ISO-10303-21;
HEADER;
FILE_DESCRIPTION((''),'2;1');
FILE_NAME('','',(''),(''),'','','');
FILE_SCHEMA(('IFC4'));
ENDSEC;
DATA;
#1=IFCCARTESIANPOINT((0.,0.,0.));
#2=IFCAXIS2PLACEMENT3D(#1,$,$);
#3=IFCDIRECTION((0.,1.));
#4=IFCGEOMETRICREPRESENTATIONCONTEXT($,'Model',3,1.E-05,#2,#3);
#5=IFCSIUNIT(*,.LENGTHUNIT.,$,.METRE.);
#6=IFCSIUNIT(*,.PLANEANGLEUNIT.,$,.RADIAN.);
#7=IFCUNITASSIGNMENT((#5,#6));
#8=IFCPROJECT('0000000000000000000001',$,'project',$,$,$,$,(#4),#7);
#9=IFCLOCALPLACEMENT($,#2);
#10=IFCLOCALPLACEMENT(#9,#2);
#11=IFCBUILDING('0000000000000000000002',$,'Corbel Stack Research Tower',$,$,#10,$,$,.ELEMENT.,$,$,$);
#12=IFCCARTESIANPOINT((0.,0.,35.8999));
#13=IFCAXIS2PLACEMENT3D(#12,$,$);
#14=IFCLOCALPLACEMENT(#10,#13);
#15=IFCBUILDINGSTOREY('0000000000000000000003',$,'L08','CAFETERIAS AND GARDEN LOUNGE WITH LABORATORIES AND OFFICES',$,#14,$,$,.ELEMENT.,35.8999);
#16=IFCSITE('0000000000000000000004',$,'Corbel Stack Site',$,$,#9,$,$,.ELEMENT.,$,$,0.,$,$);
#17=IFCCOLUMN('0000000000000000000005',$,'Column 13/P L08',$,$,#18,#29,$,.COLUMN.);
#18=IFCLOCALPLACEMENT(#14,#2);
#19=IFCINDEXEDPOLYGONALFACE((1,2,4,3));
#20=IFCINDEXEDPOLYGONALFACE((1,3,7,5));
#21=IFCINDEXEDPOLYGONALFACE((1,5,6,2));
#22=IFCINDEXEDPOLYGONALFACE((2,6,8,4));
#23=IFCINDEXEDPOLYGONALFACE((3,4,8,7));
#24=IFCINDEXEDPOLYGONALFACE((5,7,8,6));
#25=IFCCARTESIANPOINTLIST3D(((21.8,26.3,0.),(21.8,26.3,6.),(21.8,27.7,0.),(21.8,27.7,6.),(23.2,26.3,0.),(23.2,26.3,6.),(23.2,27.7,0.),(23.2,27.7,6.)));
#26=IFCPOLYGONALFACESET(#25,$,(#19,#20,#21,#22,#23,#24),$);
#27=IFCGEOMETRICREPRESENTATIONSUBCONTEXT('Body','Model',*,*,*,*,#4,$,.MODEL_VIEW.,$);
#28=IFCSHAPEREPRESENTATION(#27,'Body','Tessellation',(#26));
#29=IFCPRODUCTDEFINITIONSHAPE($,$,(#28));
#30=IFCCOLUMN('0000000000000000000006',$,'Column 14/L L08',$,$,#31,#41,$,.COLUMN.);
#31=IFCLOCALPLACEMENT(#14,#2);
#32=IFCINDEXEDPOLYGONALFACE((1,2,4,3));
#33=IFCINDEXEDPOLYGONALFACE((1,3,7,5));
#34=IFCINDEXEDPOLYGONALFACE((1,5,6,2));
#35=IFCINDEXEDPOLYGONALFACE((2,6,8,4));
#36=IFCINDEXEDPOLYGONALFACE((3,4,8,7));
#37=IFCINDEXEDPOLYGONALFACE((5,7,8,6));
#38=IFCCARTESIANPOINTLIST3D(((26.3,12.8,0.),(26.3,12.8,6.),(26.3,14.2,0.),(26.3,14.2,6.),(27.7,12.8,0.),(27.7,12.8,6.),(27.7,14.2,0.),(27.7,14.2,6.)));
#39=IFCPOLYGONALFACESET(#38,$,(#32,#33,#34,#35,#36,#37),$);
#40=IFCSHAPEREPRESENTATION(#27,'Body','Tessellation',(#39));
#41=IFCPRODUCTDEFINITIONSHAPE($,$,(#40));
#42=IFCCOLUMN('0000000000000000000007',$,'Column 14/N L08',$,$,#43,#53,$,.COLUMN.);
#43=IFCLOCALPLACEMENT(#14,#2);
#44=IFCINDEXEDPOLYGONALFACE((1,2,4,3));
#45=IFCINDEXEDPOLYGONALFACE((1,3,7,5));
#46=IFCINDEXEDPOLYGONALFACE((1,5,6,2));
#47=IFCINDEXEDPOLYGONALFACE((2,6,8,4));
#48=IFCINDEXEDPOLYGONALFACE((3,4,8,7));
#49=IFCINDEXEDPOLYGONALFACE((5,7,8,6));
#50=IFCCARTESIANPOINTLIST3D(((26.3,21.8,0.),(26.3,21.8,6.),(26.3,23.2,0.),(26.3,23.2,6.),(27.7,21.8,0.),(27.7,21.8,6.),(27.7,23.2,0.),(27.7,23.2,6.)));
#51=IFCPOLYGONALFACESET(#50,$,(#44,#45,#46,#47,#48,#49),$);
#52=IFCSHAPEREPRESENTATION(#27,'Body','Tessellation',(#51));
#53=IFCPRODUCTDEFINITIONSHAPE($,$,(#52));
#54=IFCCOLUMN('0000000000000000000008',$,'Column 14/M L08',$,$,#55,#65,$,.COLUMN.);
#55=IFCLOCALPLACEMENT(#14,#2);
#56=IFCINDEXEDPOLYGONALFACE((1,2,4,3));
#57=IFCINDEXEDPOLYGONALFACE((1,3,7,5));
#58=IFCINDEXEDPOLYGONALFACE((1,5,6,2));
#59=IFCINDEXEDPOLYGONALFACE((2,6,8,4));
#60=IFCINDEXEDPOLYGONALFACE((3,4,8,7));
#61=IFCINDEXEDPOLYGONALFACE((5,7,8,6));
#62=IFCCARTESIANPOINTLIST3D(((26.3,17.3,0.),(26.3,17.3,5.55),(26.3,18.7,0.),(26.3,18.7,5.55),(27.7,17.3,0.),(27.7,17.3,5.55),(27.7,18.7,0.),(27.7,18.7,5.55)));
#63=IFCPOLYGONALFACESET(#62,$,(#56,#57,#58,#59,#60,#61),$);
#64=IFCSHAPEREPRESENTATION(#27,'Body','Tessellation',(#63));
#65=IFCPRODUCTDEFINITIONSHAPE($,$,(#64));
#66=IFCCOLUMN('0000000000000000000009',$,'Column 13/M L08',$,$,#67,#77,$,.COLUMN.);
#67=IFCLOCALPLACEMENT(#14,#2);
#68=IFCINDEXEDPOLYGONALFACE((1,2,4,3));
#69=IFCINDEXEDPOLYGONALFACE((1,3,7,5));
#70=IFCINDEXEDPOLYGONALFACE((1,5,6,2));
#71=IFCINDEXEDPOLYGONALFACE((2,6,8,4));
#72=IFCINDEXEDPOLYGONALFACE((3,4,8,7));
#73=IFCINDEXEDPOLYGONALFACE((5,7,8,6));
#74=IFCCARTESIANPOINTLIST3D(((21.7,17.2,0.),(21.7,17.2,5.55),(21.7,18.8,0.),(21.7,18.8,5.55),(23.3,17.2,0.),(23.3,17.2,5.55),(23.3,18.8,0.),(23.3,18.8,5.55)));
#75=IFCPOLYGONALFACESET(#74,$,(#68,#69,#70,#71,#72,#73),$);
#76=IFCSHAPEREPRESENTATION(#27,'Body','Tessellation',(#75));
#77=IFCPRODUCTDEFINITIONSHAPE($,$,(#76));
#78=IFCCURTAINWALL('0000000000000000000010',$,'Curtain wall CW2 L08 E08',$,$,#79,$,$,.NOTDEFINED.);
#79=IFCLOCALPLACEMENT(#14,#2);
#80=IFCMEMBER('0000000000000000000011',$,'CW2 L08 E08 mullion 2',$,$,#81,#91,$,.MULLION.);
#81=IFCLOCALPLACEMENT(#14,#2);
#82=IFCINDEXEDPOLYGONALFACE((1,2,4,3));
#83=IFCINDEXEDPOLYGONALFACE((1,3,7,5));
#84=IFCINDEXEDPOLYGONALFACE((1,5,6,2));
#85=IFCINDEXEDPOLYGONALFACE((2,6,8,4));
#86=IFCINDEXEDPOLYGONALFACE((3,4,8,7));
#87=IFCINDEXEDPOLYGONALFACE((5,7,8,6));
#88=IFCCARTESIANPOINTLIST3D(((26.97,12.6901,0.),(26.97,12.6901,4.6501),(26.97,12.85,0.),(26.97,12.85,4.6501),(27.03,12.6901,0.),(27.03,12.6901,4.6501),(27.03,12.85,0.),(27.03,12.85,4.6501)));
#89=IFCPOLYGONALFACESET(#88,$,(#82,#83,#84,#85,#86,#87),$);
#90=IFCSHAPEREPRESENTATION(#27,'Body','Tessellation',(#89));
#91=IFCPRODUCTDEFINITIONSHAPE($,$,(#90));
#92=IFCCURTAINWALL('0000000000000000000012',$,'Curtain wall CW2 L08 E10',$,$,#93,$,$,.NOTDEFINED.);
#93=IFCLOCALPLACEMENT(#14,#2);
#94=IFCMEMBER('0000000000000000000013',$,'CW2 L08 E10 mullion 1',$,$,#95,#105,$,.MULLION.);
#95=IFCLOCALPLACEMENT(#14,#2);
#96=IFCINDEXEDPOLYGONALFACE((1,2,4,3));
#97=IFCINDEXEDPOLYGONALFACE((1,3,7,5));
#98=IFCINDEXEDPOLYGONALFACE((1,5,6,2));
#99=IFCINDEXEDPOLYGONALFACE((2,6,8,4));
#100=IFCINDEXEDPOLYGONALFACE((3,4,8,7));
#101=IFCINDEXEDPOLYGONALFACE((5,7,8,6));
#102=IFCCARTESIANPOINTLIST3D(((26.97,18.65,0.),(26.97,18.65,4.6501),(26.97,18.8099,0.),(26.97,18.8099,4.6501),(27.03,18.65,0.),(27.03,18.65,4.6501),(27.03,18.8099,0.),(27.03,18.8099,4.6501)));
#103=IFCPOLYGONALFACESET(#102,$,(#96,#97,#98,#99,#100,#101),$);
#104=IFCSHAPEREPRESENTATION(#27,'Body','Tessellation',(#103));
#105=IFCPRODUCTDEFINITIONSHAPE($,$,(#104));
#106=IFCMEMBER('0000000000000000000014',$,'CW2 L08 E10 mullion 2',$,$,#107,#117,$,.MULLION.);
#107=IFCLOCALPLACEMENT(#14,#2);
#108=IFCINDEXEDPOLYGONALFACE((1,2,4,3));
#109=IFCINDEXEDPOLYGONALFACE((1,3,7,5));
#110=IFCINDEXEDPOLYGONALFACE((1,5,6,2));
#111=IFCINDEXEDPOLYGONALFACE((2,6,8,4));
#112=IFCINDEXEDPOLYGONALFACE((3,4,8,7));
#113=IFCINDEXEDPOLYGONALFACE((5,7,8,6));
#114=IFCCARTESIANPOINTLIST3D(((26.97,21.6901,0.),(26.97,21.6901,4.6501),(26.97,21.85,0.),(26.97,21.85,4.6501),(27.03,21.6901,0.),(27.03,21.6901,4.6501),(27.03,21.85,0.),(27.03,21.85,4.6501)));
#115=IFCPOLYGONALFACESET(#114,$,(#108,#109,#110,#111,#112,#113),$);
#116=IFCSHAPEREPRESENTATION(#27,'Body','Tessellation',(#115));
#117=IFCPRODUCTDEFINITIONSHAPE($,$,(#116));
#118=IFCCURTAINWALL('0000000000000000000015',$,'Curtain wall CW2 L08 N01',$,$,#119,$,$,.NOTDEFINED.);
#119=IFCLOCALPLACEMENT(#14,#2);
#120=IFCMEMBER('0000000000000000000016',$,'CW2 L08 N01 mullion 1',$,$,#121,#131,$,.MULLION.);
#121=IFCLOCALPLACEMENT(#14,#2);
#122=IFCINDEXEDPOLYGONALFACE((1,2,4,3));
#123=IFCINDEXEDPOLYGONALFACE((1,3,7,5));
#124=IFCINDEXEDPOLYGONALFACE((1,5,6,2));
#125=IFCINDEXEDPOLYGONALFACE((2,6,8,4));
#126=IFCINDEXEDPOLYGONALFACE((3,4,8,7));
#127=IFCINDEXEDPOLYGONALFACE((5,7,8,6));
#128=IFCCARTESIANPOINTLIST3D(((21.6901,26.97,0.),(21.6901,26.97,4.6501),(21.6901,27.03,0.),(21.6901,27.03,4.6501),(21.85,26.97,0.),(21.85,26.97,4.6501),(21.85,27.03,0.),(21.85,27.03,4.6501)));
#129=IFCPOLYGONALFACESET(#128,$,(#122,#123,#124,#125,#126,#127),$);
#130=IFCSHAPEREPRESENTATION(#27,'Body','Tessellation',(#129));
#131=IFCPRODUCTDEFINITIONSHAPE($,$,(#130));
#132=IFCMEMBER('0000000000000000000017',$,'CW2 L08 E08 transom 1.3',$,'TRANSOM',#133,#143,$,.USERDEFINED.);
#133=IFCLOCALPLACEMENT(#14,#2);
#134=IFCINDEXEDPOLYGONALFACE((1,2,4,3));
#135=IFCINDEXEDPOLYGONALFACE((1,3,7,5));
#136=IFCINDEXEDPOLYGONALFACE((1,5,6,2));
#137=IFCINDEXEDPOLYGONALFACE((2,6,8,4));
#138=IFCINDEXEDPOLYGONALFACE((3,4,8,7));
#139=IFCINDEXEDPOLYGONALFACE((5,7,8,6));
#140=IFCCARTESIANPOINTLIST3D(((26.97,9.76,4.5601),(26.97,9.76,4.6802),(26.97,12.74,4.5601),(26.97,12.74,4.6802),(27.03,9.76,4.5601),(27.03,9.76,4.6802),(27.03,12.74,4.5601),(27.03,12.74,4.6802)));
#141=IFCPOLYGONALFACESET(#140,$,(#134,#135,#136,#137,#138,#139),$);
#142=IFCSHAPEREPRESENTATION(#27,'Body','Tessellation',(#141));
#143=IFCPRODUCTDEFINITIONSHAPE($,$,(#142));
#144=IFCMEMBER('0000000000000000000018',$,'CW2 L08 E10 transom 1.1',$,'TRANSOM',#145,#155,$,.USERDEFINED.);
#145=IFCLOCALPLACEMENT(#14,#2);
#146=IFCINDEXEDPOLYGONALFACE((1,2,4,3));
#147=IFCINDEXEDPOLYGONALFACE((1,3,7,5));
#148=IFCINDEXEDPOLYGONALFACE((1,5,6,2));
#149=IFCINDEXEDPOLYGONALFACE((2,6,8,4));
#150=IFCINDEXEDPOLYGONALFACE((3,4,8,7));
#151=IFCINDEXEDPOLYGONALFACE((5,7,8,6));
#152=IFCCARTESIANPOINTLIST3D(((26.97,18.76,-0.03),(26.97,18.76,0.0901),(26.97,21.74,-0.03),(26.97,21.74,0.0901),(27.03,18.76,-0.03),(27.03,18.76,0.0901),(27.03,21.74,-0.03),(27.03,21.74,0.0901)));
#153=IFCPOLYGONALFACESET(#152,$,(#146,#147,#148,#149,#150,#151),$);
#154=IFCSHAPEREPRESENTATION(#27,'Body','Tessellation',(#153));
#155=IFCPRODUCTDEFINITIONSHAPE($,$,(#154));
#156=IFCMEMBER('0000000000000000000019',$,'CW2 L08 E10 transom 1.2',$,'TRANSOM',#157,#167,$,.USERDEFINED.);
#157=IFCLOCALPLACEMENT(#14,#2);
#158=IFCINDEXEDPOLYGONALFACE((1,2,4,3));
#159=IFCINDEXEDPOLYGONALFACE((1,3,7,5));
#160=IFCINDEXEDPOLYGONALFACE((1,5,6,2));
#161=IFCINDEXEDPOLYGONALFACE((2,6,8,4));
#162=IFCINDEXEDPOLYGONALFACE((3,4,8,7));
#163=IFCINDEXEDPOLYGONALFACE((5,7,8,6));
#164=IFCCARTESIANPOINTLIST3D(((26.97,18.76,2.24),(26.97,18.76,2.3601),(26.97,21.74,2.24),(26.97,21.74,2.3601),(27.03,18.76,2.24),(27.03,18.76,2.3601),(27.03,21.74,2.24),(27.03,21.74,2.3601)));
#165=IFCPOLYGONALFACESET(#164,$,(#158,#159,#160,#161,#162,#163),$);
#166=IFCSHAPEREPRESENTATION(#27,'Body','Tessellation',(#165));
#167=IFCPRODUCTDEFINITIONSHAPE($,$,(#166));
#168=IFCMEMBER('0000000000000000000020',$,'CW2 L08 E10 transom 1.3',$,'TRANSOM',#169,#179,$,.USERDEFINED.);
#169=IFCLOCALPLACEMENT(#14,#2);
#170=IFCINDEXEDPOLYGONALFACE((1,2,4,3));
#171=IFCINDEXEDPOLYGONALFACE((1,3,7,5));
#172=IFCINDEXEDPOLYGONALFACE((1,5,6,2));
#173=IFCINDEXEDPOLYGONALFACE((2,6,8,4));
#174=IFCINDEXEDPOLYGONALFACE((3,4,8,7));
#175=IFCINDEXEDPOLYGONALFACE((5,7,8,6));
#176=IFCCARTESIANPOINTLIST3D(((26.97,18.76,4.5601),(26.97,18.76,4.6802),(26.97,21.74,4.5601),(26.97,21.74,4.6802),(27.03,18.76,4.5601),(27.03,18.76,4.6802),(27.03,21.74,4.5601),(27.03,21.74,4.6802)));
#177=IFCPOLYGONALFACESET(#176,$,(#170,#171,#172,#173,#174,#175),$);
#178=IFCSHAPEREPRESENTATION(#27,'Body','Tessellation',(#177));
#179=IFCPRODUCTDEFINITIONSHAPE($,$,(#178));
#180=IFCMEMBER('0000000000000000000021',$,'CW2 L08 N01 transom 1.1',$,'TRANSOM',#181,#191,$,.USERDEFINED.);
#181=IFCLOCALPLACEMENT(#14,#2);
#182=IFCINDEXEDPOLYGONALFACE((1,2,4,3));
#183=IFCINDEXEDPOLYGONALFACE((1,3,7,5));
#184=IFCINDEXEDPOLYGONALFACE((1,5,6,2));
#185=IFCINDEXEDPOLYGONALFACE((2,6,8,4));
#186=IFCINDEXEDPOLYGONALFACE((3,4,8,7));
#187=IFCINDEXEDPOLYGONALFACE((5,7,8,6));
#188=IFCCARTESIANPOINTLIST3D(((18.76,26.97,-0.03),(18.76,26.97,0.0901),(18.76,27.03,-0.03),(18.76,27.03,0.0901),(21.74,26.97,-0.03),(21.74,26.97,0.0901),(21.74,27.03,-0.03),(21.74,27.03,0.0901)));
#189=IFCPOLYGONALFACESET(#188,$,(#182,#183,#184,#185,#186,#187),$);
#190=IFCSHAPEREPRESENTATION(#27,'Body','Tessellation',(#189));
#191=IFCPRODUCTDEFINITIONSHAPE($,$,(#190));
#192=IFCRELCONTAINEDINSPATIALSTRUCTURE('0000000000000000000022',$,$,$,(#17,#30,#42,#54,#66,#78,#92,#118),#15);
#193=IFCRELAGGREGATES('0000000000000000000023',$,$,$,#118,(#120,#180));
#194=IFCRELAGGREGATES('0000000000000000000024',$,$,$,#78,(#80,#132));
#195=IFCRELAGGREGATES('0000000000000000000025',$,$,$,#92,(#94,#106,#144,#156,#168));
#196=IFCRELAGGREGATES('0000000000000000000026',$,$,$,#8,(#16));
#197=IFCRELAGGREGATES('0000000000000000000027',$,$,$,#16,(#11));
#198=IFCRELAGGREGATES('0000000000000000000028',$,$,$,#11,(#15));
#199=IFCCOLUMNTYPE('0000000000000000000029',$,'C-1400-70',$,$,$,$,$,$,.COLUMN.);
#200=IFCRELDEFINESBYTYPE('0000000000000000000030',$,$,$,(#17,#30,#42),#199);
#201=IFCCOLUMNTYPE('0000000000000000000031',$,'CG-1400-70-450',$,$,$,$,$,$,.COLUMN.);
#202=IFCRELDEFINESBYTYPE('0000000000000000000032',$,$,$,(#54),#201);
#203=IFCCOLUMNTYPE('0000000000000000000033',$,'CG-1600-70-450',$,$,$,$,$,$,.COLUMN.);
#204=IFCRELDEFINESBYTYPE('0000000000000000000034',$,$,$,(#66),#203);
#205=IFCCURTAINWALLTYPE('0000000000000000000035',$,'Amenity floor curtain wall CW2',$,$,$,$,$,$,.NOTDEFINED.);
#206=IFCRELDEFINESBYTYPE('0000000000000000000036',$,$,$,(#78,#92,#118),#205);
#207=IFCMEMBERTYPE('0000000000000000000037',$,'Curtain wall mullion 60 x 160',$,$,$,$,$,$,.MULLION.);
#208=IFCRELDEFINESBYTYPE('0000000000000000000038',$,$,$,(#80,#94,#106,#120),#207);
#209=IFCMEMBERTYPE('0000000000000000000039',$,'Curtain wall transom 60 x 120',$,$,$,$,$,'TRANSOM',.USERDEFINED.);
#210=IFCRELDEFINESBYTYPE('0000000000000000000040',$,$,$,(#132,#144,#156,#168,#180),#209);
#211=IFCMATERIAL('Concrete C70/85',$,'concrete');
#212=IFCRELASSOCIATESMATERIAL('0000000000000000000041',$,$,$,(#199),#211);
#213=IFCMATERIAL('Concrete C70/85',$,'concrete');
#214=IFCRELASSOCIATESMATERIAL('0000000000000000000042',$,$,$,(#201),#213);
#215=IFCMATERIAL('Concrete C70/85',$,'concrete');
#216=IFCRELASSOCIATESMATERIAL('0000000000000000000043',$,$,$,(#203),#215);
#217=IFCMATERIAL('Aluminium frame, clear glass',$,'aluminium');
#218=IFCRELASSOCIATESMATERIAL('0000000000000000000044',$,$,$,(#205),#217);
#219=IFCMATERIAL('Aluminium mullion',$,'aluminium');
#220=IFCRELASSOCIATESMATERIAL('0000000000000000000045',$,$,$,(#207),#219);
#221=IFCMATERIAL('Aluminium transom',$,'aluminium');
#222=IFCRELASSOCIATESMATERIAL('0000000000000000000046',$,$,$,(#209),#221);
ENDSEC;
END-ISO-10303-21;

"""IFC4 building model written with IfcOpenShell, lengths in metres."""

from ifc_helpers import new_model, si_unit, direction, frame, origin, origin_2d, place, context, subcontext, project, spatial, rectangle, extrude, material, material_profile, profile_set, type_object, element, aggregate, save


model = new_model("IFC4")

# Units and contexts
model_context = context("Model", 3, precision=1e-05, world=origin(), true_north=direction((0.0, 1.0)))
body_context = subcontext(model_context, "Body", "Model", "MODEL_VIEW")
ifc_project = project(units=[si_unit("LENGTHUNIT", "METRE"), si_unit("PLANEANGLEUNIT", "RADIAN")], contexts=[model_context])

# Site, building, storey
site_placement = place(None, origin())
site = spatial("IfcSite", under=ifc_project, at=site_placement, Name="Corbel Stack Site", CompositionType="ELEMENT", RefElevation=0.0)
building_placement = place(site_placement, origin())
building = spatial("IfcBuilding", under=site, at=building_placement, Name="Corbel Stack Research Tower", CompositionType="ELEMENT")
storey_placement = place(building_placement, frame((0.0, 0.0, 35.8999)))
storey = spatial("IfcBuildingStorey", under=building, at=storey_placement, Name="L08", Description="CAFETERIAS AND GARDEN LOUNGE WITH LABORATORIES AND OFFICES", CompositionType="ELEMENT", Elevation=35.8999)

# Columns
ifc_material_1 = material(Name="Concrete C70/85", Category="concrete")
ifc_material_profile_1 = material_profile(ifc_material_1, rectangle(XDim=1.3999, YDim=1.3999, at=origin_2d()), Name="RC 1400 x 1400")
ifc_profile_set_1 = profile_set([ifc_material_profile_1], Name="Concrete C70/85")
column_type_1 = type_object("IfcColumnType", Name="C-1400-70", PredefinedType="COLUMN", material=ifc_profile_set_1)
for number, where, z_axis, x_axis, name in (
    (1, (22.5, 27.0, 0.0), (0.0, 0.0, 1.0), (1.0, 0.0, 0.0), "Column 13/P L08"),
    (2, (27.0, 13.5, 0.0), (0.0, 0.0, 1.0), (1.0, 0.0, 0.0), "Column 14/L L08"),
    (3, (27.0, 22.5, 0.0), (0.0, 0.0, 1.0), (1.0, 0.0, 0.0), "Column 14/N L08"),
):
    element("IfcColumn", number, at=place(storey_placement, frame(where, z_axis=z_axis, x_axis=x_axis)), inside=storey, type_object=column_type_1, Name=name, PredefinedType="COLUMN", context=body_context, shape_type="SweptSolid", body=[
        extrude(rectangle(XDim=1.3999, YDim=1.3999, at=origin_2d()), origin(), (0.0, 0.0, 1.0), 6.0),
    ])
ifc_material_2 = material(Name="Concrete C70/85", Category="concrete")
ifc_material_profile_2 = material_profile(ifc_material_2, rectangle(XDim=1.3999, YDim=1.3999, at=origin_2d()), Name="RC 1400 x 1400")
ifc_profile_set_2 = profile_set([ifc_material_profile_2], Name="Concrete C70/85")
column_type_2 = type_object("IfcColumnType", Name="CG-1400-70-450", PredefinedType="COLUMN", material=ifc_profile_set_2)
column_1_placement = place(storey_placement, frame((27.0, 18.0, 0.0), z_axis=(0.0, 0.0, 1.0), x_axis=(1.0, 0.0, 0.0)))
element("IfcColumn", 4, at=column_1_placement, inside=storey, type_object=column_type_2, Name="Column 14/M L08", PredefinedType="COLUMN", context=body_context, shape_type="SweptSolid", body=[
    extrude(rectangle(XDim=1.3999, YDim=1.3999, at=origin_2d()), origin(), (0.0, 0.0, 1.0), 5.55),
])
ifc_material_3 = material(Name="Concrete C70/85", Category="concrete")
ifc_material_profile_3 = material_profile(ifc_material_3, rectangle(XDim=1.6001, YDim=1.6001, at=origin_2d()), Name="RC 1600 x 1600")
ifc_profile_set_3 = profile_set([ifc_material_profile_3], Name="Concrete C70/85")
column_type_3 = type_object("IfcColumnType", Name="CG-1600-70-450", PredefinedType="COLUMN", material=ifc_profile_set_3)
column_2_placement = place(storey_placement, frame((22.5, 18.0, 0.0), z_axis=(0.0, 0.0, 1.0), x_axis=(1.0, 0.0, 0.0)))
element("IfcColumn", 5, at=column_2_placement, inside=storey, type_object=column_type_3, Name="Column 13/M L08", PredefinedType="COLUMN", context=body_context, shape_type="SweptSolid", body=[
    extrude(rectangle(XDim=1.6001, YDim=1.6001, at=origin_2d()), origin(), (0.0, 0.0, 1.0), 5.55),
])

# Curtain wall, member
ifc_material_4 = material(Name="Aluminium frame, clear glass", Category="aluminium")
curtain_wall_type = type_object("IfcCurtainWallType", Name="Amenity floor curtain wall CW2", PredefinedType="NOTDEFINED", material=ifc_material_4)
curtain_wall_1_placement = place(storey_placement, origin())
curtain_wall_1 = element("IfcCurtainWall", 6, at=curtain_wall_1_placement, inside=storey, type_object=curtain_wall_type, Name="Curtain wall CW2 L08 E08", PredefinedType="NOTDEFINED")
ifc_material_5 = material(Name="Aluminium mullion", Category="aluminium")
ifc_material_profile_4 = material_profile(ifc_material_5, rectangle(XDim=0.0601, YDim=0.1599, at=origin_2d()), Name="Mullion 60 x 160")
ifc_profile_set_4 = profile_set([ifc_material_profile_4], Name="Aluminium mullion")
member_type_1 = type_object("IfcMemberType", Name="Curtain wall mullion 60 x 160", PredefinedType="MULLION", material=ifc_profile_set_4)
member_1_placement = place(storey_placement, frame((27.0, 12.77, 0.0), z_axis=(0.0, 0.0, 1.0), x_axis=(-1.0, 0.0, 0.0)))
member_1 = element("IfcMember", 7, at=member_1_placement, type_object=member_type_1, Name="CW2 L08 E08 mullion 2", PredefinedType="MULLION", context=body_context, shape_type="SweptSolid", body=[
    extrude(rectangle(XDim=0.0601, YDim=0.1599, at=origin_2d()), origin(), (0.0, 0.0, 1.0), 4.6501),
])

# Curtain wall, members
curtain_wall_2_placement = place(storey_placement, origin())
curtain_wall_2 = element("IfcCurtainWall", 8, at=curtain_wall_2_placement, inside=storey, type_object=curtain_wall_type, Name="Curtain wall CW2 L08 E10", PredefinedType="NOTDEFINED")
member_2_placement = place(storey_placement, frame((27.0, 18.73, 0.0), z_axis=(0.0, 0.0, 1.0), x_axis=(-1.0, 0.0, 0.0)))
member_2 = element("IfcMember", 9, at=member_2_placement, type_object=member_type_1, Name="CW2 L08 E10 mullion 1", PredefinedType="MULLION", context=body_context, shape_type="SweptSolid", body=[
    extrude(rectangle(XDim=0.0601, YDim=0.1599, at=origin_2d()), origin(), (0.0, 0.0, 1.0), 4.6501),
])
member_3_placement = place(storey_placement, frame((27.0, 21.77, 0.0), z_axis=(0.0, 0.0, 1.0), x_axis=(-1.0, 0.0, 0.0)))
member_3 = element("IfcMember", 10, at=member_3_placement, type_object=member_type_1, Name="CW2 L08 E10 mullion 2", PredefinedType="MULLION", context=body_context, shape_type="SweptSolid", body=[
    extrude(rectangle(XDim=0.0601, YDim=0.1599, at=origin_2d()), origin(), (0.0, 0.0, 1.0), 4.6501),
])

# Curtain wall, member
curtain_wall_3_placement = place(storey_placement, origin())
curtain_wall_3 = element("IfcCurtainWall", 11, at=curtain_wall_3_placement, inside=storey, type_object=curtain_wall_type, Name="Curtain wall CW2 L08 N01", PredefinedType="NOTDEFINED")
member_4_placement = place(storey_placement, frame((21.77, 27.0, 0.0), z_axis=(0.0, 0.0, 1.0), x_axis=(0.0, -1.0, 0.0)))
member_4 = element("IfcMember", 12, at=member_4_placement, type_object=member_type_1, Name="CW2 L08 N01 mullion 1", PredefinedType="MULLION", context=body_context, shape_type="SweptSolid", body=[
    extrude(rectangle(XDim=0.0601, YDim=0.1599, at=origin_2d()), origin(), (0.0, 0.0, 1.0), 4.6501),
])

# Members
ifc_material_6 = material(Name="Aluminium transom", Category="aluminium")
ifc_material_profile_5 = material_profile(ifc_material_6, rectangle(XDim=0.0601, YDim=0.1201, at=origin_2d()), Name="Transom 60 x 120")
ifc_profile_set_5 = profile_set([ifc_material_profile_5], Name="Aluminium transom")
member_type_2 = type_object("IfcMemberType", Name="Curtain wall transom 60 x 120", ElementType="TRANSOM", PredefinedType="USERDEFINED", material=ifc_profile_set_5)
member_5_placement = place(storey_placement, frame((27.0, 9.76, 4.6201), z_axis=(0.0, 1.0, 0.0), x_axis=(-1.0, 0.0, 0.0)))
member_5 = element("IfcMember", 13, at=member_5_placement, type_object=member_type_2, Name="CW2 L08 E08 transom 1.3", ObjectType="TRANSOM", PredefinedType="USERDEFINED", context=body_context, shape_type="SweptSolid", body=[
    extrude(rectangle(XDim=0.0601, YDim=0.1201, at=origin_2d()), origin(), (0.0, 0.0, 1.0), 2.98),
])
member_6_placement = place(storey_placement, frame((27.0, 18.76, 0.03), z_axis=(0.0, 1.0, 0.0), x_axis=(-1.0, 0.0, 0.0)))
member_6 = element("IfcMember", 14, at=member_6_placement, type_object=member_type_2, Name="CW2 L08 E10 transom 1.1", ObjectType="TRANSOM", PredefinedType="USERDEFINED", context=body_context, shape_type="SweptSolid", body=[
    extrude(rectangle(XDim=0.0601, YDim=0.1201, at=origin_2d()), origin(), (0.0, 0.0, 1.0), 2.98),
])
member_7_placement = place(storey_placement, frame((27.0, 18.76, 2.3), z_axis=(0.0, 1.0, 0.0), x_axis=(-1.0, 0.0, 0.0)))
member_7 = element("IfcMember", 15, at=member_7_placement, type_object=member_type_2, Name="CW2 L08 E10 transom 1.2", ObjectType="TRANSOM", PredefinedType="USERDEFINED", context=body_context, shape_type="SweptSolid", body=[
    extrude(rectangle(XDim=0.0601, YDim=0.1201, at=origin_2d()), origin(), (0.0, 0.0, 1.0), 2.98),
])
member_8_placement = place(storey_placement, frame((27.0, 18.76, 4.6201), z_axis=(0.0, 1.0, 0.0), x_axis=(-1.0, 0.0, 0.0)))
member_8 = element("IfcMember", 16, at=member_8_placement, type_object=member_type_2, Name="CW2 L08 E10 transom 1.3", ObjectType="TRANSOM", PredefinedType="USERDEFINED", context=body_context, shape_type="SweptSolid", body=[
    extrude(rectangle(XDim=0.0601, YDim=0.1201, at=origin_2d()), origin(), (0.0, 0.0, 1.0), 2.98),
])
member_9_placement = place(storey_placement, frame((21.74, 27.0, 0.03), z_axis=(-1.0, 0.0, 0.0), x_axis=(0.0, -1.0, 0.0)))
member_9 = element("IfcMember", 17, at=member_9_placement, type_object=member_type_2, Name="CW2 L08 N01 transom 1.1", ObjectType="TRANSOM", PredefinedType="USERDEFINED", context=body_context, shape_type="SweptSolid", body=[
    extrude(rectangle(XDim=0.0601, YDim=0.1201, at=origin_2d()), origin(), (0.0, 0.0, 1.0), 2.98),
])
aggregate(curtain_wall_3, [member_4, member_9])

aggregate(curtain_wall_1, [member_1, member_5])
aggregate(curtain_wall_2, [member_2, member_3, member_6, member_7, member_8])

save(model, "model.ifc")
